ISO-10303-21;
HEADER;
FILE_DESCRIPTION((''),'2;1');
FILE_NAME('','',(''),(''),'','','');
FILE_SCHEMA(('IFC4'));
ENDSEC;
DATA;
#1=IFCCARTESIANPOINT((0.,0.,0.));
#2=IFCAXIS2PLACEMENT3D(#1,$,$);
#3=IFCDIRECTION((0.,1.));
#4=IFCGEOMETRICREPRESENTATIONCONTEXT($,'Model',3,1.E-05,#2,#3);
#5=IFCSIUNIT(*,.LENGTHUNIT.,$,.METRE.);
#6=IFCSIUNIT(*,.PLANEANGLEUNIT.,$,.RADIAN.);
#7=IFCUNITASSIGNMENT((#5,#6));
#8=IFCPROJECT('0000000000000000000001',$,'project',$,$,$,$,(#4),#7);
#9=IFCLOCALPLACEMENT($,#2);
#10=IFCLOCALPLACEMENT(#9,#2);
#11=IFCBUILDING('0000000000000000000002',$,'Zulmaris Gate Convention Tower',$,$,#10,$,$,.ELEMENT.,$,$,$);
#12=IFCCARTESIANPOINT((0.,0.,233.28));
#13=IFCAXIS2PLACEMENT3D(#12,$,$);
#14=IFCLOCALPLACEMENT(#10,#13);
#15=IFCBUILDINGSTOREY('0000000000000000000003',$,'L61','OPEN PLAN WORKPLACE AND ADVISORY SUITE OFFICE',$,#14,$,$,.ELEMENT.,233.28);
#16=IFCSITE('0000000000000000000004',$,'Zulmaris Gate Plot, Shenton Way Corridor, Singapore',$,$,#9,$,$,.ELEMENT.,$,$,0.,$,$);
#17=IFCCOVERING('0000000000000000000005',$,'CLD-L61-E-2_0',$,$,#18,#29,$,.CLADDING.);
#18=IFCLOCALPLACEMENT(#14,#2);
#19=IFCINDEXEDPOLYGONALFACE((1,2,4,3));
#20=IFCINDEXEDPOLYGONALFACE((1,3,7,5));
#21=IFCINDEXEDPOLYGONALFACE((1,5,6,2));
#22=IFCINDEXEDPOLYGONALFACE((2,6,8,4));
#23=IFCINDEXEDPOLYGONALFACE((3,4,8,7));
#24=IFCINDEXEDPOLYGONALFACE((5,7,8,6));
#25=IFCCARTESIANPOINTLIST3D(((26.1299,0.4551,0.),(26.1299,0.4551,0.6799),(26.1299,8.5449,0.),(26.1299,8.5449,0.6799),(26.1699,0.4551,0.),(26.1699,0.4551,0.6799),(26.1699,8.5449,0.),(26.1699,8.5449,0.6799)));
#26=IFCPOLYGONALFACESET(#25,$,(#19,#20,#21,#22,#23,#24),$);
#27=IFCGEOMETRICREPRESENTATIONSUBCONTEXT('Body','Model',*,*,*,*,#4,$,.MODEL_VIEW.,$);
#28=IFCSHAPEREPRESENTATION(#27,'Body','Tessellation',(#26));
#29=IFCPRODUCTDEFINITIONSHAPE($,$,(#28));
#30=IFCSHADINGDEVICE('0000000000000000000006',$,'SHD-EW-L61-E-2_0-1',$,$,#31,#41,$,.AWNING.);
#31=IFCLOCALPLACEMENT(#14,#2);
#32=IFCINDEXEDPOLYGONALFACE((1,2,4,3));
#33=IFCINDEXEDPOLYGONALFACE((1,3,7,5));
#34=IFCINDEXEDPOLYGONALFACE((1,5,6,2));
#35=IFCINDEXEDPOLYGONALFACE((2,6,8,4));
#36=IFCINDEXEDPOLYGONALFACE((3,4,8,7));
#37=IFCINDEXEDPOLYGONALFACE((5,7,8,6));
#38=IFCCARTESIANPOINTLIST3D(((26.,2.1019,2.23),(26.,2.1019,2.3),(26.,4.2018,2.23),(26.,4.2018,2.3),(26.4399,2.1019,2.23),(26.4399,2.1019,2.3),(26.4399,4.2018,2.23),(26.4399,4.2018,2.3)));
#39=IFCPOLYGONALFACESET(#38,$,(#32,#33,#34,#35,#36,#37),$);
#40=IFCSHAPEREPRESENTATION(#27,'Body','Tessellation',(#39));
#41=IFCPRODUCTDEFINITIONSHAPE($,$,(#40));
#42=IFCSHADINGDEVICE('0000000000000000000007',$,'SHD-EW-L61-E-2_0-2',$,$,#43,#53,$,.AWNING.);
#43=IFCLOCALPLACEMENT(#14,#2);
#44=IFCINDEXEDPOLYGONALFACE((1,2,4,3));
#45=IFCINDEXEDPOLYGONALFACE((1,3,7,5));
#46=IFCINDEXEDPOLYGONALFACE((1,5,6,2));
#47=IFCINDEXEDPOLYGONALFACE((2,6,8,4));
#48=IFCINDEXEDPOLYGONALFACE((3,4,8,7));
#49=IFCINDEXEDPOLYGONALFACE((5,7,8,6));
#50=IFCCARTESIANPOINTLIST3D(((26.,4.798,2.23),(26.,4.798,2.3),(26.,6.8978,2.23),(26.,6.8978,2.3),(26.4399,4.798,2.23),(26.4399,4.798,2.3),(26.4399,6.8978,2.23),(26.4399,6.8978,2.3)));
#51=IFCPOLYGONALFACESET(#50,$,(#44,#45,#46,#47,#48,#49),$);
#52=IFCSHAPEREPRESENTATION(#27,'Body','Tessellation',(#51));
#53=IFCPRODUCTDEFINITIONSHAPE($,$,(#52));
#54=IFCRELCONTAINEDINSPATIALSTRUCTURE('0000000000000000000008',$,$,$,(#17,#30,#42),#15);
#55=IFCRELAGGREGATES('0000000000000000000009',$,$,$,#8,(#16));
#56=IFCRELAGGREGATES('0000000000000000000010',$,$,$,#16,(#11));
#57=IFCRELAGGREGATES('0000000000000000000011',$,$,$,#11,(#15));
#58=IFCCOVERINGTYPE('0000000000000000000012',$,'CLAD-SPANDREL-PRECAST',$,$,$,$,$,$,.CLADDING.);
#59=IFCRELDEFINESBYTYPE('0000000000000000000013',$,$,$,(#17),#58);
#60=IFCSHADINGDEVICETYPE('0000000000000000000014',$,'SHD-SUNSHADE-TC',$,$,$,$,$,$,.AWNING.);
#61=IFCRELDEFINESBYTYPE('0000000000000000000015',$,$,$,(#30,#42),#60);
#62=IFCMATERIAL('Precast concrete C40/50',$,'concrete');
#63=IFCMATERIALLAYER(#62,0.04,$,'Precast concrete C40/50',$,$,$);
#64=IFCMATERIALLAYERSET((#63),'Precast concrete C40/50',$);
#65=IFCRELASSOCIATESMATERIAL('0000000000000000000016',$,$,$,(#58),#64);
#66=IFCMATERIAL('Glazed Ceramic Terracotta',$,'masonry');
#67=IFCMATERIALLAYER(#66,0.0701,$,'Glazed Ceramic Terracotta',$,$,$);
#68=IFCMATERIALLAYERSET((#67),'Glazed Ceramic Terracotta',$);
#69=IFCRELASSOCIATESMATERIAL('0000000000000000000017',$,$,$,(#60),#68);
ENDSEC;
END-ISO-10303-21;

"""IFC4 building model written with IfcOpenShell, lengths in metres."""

from ifc_helpers import new_model, si_unit, direction, frame, frame_2d, origin, place, context, subcontext, project, spatial, rectangle, extrude, material, layer, layer_set, type_object, element, save


model = new_model("IFC4")

# Units and contexts
model_context = context("Model", 3, precision=1e-05, world=origin(), true_north=direction((0.0, 1.0)))
body_context = subcontext(model_context, "Body", "Model", "MODEL_VIEW")
ifc_project = project(units=[si_unit("LENGTHUNIT", "METRE"), si_unit("PLANEANGLEUNIT", "RADIAN")], contexts=[model_context])

# Site, building, storey
site_placement = place(None, origin())
site = spatial("IfcSite", under=ifc_project, at=site_placement, Name="Zulmaris Gate Plot, Shenton Way Corridor, Singapore", CompositionType="ELEMENT", RefElevation=0.0)
building_placement = place(site_placement, origin())
building = spatial("IfcBuilding", under=site, at=building_placement, Name="Zulmaris Gate Convention Tower", CompositionType="ELEMENT")
storey_placement = place(building_placement, frame((0.0, 0.0, 233.28)))
storey = spatial("IfcBuildingStorey", under=building, at=storey_placement, Name="L61", Description="OPEN PLAN WORKPLACE AND ADVISORY SUITE OFFICE", CompositionType="ELEMENT", Elevation=233.28)

# Shared definitions
ifc_material_1 = material(Name="Precast concrete C40/50", Category="concrete")

# Covering
ifc_layer_1 = layer(ifc_material_1, 0.04, Name="Precast concrete C40/50")
ifc_layer_set_1 = layer_set([ifc_layer_1], Name="Precast concrete C40/50")
covering_type = type_object("IfcCoveringType", Name="CLAD-SPANDREL-PRECAST", PredefinedType="CLADDING", material=ifc_layer_set_1)
covering_placement = place(storey_placement, frame((26.1499, 0.4551, 0.0), z_axis=(0.0, 0.0, 1.0), x_axis=(0.0, 1.0, 0.0)))
element("IfcCovering", 1, at=covering_placement, inside=storey, type_object=covering_type, Name="CLD-L61-E-2_0", PredefinedType="CLADDING", context=body_context, shape_type="SweptSolid", body=[
    extrude(rectangle(XDim=8.0898, YDim=0.04, at=frame_2d((4.0449, 0.0))), origin(), (0.0, 0.0, 1.0), 0.6799),
])

# Shading devices
ifc_material_2 = material(Name="Glazed Ceramic Terracotta", Category="masonry")
ifc_layer_2 = layer(ifc_material_2, 0.0701, Name="Glazed Ceramic Terracotta")
ifc_layer_set_2 = layer_set([ifc_layer_2], Name="Glazed Ceramic Terracotta")
shading_device_type = type_object("IfcShadingDeviceType", Name="SHD-SUNSHADE-TC", PredefinedType="AWNING", material=ifc_layer_set_2)
for number, where, z_axis, x_axis, name in (
    (2, (26.22, 2.1021, 2.23), (0.0, 0.0, 1.0), (0.0, 1.0, 0.0), "SHD-EW-L61-E-2_0-1"),
    (3, (26.22, 4.7981, 2.23), (0.0, 0.0, 1.0), (0.0, 1.0, 0.0), "SHD-EW-L61-E-2_0-2"),
):
    element("IfcShadingDevice", number, at=place(storey_placement, frame(where, z_axis=z_axis, x_axis=x_axis)), inside=storey, type_object=shading_device_type, Name=name, PredefinedType="AWNING", context=body_context, shape_type="SweptSolid", body=[
        extrude(rectangle(XDim=2.0999, YDim=0.4399, at=frame_2d((1.0498, 0.0))), origin(), (0.0, 0.0, 1.0), 0.0701),
    ])

save(model, "model.ifc")
